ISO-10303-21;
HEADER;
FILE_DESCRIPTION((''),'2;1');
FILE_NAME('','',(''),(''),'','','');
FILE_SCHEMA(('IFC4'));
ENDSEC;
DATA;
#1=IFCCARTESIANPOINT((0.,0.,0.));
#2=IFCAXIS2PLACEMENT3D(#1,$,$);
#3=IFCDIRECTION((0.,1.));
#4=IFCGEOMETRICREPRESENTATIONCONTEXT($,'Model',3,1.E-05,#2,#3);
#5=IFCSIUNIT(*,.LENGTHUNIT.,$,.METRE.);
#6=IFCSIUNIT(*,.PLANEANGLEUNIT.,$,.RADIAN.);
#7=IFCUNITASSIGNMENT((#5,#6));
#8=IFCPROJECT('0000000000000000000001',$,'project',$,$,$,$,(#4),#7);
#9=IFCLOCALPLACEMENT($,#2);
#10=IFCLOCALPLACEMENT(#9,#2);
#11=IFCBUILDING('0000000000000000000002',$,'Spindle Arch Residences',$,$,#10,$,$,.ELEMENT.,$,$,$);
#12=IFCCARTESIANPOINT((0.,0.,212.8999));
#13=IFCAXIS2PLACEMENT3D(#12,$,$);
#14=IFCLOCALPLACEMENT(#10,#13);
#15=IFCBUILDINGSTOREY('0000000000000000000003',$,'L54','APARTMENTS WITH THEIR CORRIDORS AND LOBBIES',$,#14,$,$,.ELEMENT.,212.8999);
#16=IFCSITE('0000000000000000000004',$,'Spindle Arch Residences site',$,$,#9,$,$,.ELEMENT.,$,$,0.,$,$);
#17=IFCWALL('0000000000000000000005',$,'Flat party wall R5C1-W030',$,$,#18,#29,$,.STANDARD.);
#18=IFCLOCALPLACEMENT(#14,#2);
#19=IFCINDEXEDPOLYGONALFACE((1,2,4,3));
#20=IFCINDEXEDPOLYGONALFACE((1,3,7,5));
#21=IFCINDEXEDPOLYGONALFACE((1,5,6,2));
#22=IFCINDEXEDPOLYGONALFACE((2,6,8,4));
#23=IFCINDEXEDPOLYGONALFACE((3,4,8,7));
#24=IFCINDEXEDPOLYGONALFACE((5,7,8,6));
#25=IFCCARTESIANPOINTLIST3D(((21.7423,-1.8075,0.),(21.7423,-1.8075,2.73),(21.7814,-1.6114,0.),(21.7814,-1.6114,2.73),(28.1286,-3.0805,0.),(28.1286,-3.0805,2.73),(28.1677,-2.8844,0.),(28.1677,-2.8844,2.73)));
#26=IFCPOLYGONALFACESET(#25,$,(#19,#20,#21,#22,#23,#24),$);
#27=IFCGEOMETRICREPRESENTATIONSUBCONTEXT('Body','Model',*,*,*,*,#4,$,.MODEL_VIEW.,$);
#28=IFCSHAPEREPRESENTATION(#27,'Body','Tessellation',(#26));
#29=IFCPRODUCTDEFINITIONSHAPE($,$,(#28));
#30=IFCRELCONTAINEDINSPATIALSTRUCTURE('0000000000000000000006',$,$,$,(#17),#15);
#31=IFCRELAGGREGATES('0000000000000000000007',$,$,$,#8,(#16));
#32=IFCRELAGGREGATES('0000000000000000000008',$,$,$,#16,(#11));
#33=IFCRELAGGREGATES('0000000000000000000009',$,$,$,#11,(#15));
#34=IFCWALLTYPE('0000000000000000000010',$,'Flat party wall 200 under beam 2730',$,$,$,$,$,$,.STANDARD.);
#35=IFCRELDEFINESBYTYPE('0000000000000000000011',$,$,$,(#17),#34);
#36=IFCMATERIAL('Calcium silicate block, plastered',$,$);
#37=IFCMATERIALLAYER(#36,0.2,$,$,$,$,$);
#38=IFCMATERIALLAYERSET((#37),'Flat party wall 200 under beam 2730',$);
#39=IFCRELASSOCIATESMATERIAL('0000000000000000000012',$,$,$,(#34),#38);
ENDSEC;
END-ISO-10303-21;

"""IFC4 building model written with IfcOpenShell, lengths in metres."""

from ifc_helpers import new_model, si_unit, direction, frame, frame_2d, origin, place, context, subcontext, project, spatial, rectangle, extrude, material, layer, layer_set, type_object, element, save


model = new_model("IFC4")

# Units and contexts
model_context = context("Model", 3, precision=1e-05, world=origin(), true_north=direction((0.0, 1.0)))
body_context = subcontext(model_context, "Body", "Model", "MODEL_VIEW")
ifc_project = project(units=[si_unit("LENGTHUNIT", "METRE"), si_unit("PLANEANGLEUNIT", "RADIAN")], contexts=[model_context])

# Site, building, storey
site_placement = place(None, origin())
site = spatial("IfcSite", under=ifc_project, at=site_placement, Name="Spindle Arch Residences site", CompositionType="ELEMENT", RefElevation=0.0)
building_placement = place(site_placement, origin())
building = spatial("IfcBuilding", under=site, at=building_placement, Name="Spindle Arch Residences", CompositionType="ELEMENT")
storey_placement = place(building_placement, frame((0.0, 0.0, 212.8999)))
storey = spatial("IfcBuildingStorey", under=building, at=storey_placement, Name="L54", Description="APARTMENTS WITH THEIR CORRIDORS AND LOBBIES", CompositionType="ELEMENT", Elevation=212.8999)

# Wall
ifc_material_1 = material(Name="Calcium silicate block, plastered")
ifc_layer_1 = layer(ifc_material_1, 0.2)
ifc_layer_set_1 = layer_set([ifc_layer_1], Name="Flat party wall 200 under beam 2730")
wall_type_1 = type_object("IfcWallType", Name="Flat party wall 200 under beam 2730", PredefinedType="STANDARD", material=ifc_layer_set_1)
wall_1_placement = place(storey_placement, frame((21.762, -1.7095, 0.0), z_axis=(0.0, 0.0, 1.0), x_axis=(0.980707, -0.195482, 0.0)))
element("IfcWall", 1, at=wall_1_placement, inside=storey, type_object=wall_type_1, Name="Flat party wall R5C1-W030", PredefinedType="STANDARD", context=body_context, shape_type="SweptSolid", body=[
    extrude(rectangle(XDim=6.512, YDim=0.2, at=frame_2d((3.2559, 0.0))), origin(), (0.0, 0.0, 1.0), 2.73),
])

save(model, "model.ifc")
